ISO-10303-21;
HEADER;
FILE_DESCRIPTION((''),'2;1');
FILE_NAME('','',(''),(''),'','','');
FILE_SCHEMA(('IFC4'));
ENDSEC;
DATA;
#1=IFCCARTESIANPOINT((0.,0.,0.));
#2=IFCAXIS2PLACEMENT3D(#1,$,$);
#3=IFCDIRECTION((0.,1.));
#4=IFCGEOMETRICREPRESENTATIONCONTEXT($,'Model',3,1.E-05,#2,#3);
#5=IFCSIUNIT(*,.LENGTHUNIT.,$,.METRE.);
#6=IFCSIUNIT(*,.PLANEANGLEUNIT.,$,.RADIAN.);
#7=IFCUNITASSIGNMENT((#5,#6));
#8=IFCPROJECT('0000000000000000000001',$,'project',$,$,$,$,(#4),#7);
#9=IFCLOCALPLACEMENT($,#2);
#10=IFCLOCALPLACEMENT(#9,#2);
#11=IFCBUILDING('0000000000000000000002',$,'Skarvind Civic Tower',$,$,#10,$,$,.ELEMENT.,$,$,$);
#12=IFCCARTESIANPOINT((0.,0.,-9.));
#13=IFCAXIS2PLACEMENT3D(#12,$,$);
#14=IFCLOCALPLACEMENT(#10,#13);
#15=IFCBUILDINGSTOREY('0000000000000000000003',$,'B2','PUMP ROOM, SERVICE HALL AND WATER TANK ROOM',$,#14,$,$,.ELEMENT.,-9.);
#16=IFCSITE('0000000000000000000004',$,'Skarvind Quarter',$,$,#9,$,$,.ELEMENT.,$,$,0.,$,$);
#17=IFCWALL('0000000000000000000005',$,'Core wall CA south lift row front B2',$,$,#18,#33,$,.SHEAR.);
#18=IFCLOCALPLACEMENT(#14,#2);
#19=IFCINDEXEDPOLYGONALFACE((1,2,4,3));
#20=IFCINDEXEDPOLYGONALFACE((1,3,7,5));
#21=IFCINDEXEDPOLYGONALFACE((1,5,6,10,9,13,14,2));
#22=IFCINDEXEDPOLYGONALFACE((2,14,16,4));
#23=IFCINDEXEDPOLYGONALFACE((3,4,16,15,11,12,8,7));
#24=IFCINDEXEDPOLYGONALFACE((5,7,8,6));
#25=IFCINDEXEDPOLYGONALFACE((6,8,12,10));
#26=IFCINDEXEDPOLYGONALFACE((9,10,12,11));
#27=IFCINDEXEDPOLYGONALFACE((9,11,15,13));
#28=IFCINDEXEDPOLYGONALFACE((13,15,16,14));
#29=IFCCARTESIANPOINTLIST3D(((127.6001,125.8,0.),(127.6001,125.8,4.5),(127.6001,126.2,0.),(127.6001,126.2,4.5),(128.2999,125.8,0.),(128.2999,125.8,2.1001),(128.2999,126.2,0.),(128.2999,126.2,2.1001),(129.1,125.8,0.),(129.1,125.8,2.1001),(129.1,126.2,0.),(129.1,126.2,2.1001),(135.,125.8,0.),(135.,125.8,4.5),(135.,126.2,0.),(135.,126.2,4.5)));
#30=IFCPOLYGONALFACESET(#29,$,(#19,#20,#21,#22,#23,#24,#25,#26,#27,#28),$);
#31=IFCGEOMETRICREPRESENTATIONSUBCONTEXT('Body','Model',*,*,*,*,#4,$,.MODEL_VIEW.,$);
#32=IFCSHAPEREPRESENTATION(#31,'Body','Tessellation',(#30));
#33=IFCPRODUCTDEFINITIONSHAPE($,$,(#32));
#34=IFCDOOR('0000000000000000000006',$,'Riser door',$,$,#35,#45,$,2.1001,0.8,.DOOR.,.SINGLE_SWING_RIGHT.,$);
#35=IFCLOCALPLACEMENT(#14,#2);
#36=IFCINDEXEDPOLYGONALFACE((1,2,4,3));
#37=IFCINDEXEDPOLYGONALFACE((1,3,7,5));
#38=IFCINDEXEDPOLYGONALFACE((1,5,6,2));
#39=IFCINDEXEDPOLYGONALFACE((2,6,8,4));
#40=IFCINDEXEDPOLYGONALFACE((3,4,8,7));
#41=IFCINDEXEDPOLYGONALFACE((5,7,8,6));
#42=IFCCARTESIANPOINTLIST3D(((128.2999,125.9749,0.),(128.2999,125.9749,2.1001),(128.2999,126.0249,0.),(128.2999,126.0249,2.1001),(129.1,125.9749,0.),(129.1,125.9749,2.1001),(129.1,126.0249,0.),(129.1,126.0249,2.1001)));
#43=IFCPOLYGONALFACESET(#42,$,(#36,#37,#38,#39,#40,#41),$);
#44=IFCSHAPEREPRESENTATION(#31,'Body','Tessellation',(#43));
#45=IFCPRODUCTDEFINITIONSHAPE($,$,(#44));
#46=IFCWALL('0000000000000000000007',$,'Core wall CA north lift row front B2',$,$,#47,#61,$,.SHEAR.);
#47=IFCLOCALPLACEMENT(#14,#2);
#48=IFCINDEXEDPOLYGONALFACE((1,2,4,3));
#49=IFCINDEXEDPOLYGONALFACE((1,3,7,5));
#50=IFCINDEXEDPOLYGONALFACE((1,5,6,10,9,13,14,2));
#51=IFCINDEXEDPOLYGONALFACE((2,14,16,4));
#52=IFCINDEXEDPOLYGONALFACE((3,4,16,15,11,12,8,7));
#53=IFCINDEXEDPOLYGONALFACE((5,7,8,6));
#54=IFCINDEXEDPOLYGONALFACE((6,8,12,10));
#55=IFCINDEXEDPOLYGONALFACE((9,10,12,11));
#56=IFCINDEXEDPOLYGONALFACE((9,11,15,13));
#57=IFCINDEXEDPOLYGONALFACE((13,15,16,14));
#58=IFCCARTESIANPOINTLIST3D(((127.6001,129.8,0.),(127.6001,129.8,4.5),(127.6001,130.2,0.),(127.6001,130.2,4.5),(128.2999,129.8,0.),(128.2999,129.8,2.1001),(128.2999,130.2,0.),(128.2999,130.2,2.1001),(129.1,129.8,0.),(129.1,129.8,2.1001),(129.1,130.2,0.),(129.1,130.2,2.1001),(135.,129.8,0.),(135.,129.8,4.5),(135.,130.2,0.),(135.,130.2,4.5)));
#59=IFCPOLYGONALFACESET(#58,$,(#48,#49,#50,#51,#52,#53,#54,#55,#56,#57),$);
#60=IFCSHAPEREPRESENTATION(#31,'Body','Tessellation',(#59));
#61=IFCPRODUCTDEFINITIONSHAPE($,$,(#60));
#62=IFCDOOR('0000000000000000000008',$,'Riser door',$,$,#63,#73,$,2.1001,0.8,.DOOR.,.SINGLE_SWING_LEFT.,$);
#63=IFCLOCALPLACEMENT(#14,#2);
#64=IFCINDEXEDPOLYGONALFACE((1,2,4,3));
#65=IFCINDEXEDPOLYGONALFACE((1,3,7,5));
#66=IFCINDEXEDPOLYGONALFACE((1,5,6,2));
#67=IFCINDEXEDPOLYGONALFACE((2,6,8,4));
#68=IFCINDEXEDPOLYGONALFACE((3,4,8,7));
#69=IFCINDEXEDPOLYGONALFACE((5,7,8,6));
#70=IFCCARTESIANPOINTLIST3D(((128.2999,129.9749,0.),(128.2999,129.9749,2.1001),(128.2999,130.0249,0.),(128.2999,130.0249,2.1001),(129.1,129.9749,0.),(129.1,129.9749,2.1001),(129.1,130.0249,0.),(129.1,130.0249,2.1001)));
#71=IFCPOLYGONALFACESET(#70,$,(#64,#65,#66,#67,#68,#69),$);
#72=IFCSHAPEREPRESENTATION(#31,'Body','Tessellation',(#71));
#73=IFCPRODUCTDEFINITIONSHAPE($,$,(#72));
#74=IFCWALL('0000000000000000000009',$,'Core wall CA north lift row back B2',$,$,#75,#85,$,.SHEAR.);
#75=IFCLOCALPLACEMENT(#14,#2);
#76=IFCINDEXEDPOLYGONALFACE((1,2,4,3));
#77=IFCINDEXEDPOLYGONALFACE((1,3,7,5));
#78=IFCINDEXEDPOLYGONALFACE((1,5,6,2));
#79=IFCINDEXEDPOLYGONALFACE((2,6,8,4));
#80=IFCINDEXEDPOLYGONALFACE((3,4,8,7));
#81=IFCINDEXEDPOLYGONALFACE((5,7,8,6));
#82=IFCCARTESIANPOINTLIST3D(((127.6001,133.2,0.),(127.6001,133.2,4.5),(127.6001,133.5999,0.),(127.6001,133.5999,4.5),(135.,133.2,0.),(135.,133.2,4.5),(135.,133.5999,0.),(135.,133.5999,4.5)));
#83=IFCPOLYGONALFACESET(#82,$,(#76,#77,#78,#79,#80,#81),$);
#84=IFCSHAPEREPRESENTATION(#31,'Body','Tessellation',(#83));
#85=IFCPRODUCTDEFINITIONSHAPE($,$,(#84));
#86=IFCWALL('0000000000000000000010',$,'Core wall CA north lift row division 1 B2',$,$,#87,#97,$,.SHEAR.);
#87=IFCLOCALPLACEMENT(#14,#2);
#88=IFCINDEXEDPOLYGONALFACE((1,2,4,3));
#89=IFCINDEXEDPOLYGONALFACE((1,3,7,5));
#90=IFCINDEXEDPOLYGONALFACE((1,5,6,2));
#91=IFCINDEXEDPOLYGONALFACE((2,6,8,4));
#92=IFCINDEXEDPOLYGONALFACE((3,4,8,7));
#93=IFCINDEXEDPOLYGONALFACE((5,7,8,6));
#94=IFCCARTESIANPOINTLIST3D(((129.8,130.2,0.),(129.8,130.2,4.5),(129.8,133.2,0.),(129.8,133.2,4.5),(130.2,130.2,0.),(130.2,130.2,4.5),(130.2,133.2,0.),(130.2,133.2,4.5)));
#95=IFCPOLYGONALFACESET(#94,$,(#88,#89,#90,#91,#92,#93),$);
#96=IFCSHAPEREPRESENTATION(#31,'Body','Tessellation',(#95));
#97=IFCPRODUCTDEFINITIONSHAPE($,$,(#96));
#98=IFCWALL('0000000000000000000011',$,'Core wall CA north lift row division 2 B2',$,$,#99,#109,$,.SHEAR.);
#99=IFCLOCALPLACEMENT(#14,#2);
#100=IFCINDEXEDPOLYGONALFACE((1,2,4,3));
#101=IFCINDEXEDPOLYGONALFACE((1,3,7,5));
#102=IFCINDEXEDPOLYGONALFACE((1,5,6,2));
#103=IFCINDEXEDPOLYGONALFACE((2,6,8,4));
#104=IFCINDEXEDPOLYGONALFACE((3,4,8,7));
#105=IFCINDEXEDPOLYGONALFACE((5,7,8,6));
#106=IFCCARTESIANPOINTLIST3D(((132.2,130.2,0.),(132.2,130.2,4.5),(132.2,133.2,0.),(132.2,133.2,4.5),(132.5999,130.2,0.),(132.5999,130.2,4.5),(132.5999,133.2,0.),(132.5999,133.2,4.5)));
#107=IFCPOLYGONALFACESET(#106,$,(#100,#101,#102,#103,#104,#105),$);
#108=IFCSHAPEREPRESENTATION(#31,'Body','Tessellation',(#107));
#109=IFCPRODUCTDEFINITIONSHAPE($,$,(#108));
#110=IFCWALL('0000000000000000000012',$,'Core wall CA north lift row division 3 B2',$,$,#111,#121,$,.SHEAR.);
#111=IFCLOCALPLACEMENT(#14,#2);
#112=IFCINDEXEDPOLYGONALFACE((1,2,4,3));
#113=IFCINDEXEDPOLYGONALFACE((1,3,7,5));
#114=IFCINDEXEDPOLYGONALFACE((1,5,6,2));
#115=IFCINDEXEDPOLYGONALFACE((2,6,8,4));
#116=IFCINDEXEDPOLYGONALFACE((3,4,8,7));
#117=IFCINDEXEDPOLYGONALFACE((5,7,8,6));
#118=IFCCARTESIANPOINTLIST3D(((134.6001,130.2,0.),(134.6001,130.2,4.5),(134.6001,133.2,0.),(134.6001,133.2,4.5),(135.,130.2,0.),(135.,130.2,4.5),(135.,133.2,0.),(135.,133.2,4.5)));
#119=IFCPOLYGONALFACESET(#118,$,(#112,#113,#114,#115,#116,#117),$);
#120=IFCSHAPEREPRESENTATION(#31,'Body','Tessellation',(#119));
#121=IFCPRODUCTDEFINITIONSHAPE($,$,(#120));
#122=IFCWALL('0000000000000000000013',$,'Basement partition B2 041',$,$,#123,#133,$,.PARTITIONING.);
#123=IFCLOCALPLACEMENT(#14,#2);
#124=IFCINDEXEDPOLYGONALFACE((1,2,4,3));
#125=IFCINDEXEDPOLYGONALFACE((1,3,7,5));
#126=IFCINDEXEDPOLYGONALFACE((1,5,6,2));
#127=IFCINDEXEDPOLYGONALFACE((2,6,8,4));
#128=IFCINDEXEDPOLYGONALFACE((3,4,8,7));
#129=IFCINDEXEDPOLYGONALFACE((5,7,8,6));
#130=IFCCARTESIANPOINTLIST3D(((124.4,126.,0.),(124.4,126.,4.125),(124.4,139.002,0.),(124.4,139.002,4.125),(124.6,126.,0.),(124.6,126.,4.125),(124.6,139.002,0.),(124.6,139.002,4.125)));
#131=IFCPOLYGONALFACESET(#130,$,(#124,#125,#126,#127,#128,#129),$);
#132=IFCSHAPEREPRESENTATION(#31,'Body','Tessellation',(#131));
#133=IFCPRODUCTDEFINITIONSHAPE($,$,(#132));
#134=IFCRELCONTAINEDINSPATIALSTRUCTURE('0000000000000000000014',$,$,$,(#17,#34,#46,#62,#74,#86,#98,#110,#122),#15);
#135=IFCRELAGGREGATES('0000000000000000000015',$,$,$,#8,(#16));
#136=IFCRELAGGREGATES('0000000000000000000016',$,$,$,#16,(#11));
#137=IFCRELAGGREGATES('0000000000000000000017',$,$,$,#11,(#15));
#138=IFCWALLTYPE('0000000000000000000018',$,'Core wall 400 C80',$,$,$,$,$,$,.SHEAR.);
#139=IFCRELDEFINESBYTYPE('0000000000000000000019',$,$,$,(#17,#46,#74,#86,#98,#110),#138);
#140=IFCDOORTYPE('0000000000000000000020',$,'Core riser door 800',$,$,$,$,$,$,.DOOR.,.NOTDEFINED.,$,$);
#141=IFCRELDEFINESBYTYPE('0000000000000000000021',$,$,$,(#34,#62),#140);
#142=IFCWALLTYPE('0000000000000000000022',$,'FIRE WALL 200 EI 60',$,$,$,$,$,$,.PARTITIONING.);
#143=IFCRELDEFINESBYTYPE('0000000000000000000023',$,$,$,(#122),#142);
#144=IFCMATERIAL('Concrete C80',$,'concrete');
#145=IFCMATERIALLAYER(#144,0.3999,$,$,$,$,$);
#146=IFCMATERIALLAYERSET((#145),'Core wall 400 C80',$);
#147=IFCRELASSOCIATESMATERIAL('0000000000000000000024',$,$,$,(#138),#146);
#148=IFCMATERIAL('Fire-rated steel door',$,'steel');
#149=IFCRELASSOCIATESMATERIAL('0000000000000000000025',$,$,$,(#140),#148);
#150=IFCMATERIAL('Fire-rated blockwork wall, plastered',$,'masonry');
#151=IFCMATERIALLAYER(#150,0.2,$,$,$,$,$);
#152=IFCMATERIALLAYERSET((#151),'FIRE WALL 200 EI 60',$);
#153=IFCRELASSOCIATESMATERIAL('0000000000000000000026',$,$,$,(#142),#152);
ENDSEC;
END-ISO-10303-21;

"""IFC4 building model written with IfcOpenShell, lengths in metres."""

from ifc_helpers import new_model, si_unit, direction, frame, frame_2d, origin, place, context, subcontext, project, spatial, rectangle, extrude, material, layer, layer_set, type_object, element, fill, save


model = new_model("IFC4")

# Units and contexts
model_context = context("Model", 3, precision=1e-05, world=origin(), true_north=direction((0.0, 1.0)))
body_context = subcontext(model_context, "Body", "Model", "MODEL_VIEW")
ifc_project = project(units=[si_unit("LENGTHUNIT", "METRE"), si_unit("PLANEANGLEUNIT", "RADIAN")], contexts=[model_context])

# Site, building, storey
site_placement = place(None, origin())
site = spatial("IfcSite", under=ifc_project, at=site_placement, Name="Skarvind Quarter", CompositionType="ELEMENT", RefElevation=0.0)
building_placement = place(site_placement, origin())
building = spatial("IfcBuilding", under=site, at=building_placement, Name="Skarvind Civic Tower", CompositionType="ELEMENT")
storey_placement = place(building_placement, frame((0.0, 0.0, -9.0)))
storey = spatial("IfcBuildingStorey", under=building, at=storey_placement, Name="B2", Description="PUMP ROOM, SERVICE HALL AND WATER TANK ROOM", CompositionType="ELEMENT", Elevation=-9.0)

# Walls, openings, doors
ifc_material_1 = material(Name="Fire-rated steel door", Category="steel")
ifc_material_2 = material(Name="Concrete C80", Category="concrete")
ifc_layer_1 = layer(ifc_material_2, 0.3999)
ifc_layer_set_1 = layer_set([ifc_layer_1], Name="Core wall 400 C80")
wall_type_1 = type_object("IfcWallType", Name="Core wall 400 C80", PredefinedType="SHEAR", material=ifc_layer_set_1)
wall_1_placement = place(storey_placement, frame((127.6001, 126.0, 0.0), z_axis=(0.0, 0.0, 1.0), x_axis=(1.0, 0.0, 0.0)))
wall_1 = element("IfcWall", 1, at=wall_1_placement, inside=storey, type_object=wall_type_1, Name="Core wall CA south lift row front B2", PredefinedType="SHEAR", context=body_context, shape_type="SweptSolid", body=[
    extrude(rectangle(XDim=7.3999, YDim=0.3999, at=frame_2d((3.7, 0.0))), origin(), (0.0, 0.0, 1.0), 4.5),
])
opening_1_placement = place(wall_1_placement, frame((0.7, 0.0, 0.0)))
opening_1 = element("IfcOpeningElement", 2, at=opening_1_placement, cuts=wall_1, PredefinedType="OPENING", context=body_context, shape_type="SweptSolid", body=[
    extrude(rectangle(XDim=0.8, YDim=2.1001, at=frame_2d((0.3999, 1.05))), frame((0.0, 0.21, 0.0), z_axis=(0.0, -1.0, 0.0), x_axis=(1.0, 0.0, 0.0)), (0.0, 0.0, 1.0), 0.4199),
])
door_type_1 = type_object("IfcDoorType", Name="Core riser door 800", OperationType="NOTDEFINED", PredefinedType="DOOR", material=ifc_material_1)
door_1_placement = place(opening_1_placement, origin())
door_1 = element("IfcDoor", 3, at=door_1_placement, inside=storey, type_object=door_type_1, Name="Riser door", OperationType="SINGLE_SWING_RIGHT", OverallHeight=2.1001, OverallWidth=0.8, PredefinedType="DOOR", context=body_context, shape_type="SweptSolid", body=[
    extrude(rectangle(XDim=0.8, YDim=2.1001, at=frame_2d((0.3999, 1.05))), frame((0.0, 0.0249, 0.0), z_axis=(0.0, -1.0, 0.0), x_axis=(1.0, 0.0, 0.0)), (0.0, 0.0, 1.0), 0.05),
])
fill(opening_1, door_1)
wall_2_placement = place(storey_placement, frame((127.6001, 130.0, 0.0), z_axis=(0.0, 0.0, 1.0), x_axis=(1.0, 0.0, 0.0)))
wall_2 = element("IfcWall", 4, at=wall_2_placement, inside=storey, type_object=wall_type_1, Name="Core wall CA north lift row front B2", PredefinedType="SHEAR", context=body_context, shape_type="SweptSolid", body=[
    extrude(rectangle(XDim=7.3999, YDim=0.3999, at=frame_2d((3.7, 0.0))), origin(), (0.0, 0.0, 1.0), 4.5),
])
opening_2_placement = place(wall_2_placement, frame((0.7, 0.0, 0.0)))
opening_2 = element("IfcOpeningElement", 5, at=opening_2_placement, cuts=wall_2, PredefinedType="OPENING", context=body_context, shape_type="SweptSolid", body=[
    extrude(rectangle(XDim=0.8, YDim=2.1001, at=frame_2d((0.3999, 1.05))), frame((0.0, 0.21, 0.0), z_axis=(0.0, -1.0, 0.0), x_axis=(1.0, 0.0, 0.0)), (0.0, 0.0, 1.0), 0.4199),
])
door_2_placement = place(opening_2_placement, origin())
door_2 = element("IfcDoor", 6, at=door_2_placement, inside=storey, type_object=door_type_1, Name="Riser door", OperationType="SINGLE_SWING_LEFT", OverallHeight=2.1001, OverallWidth=0.8, PredefinedType="DOOR", context=body_context, shape_type="SweptSolid", body=[
    extrude(rectangle(XDim=0.8, YDim=2.1001, at=frame_2d((0.3999, 1.05))), frame((0.0, 0.0249, 0.0), z_axis=(0.0, -1.0, 0.0), x_axis=(1.0, 0.0, 0.0)), (0.0, 0.0, 1.0), 0.05),
])
fill(opening_2, door_2)

# Walls
wall_3_placement = place(storey_placement, frame((127.6001, 133.3999, 0.0), z_axis=(0.0, 0.0, 1.0), x_axis=(1.0, 0.0, 0.0)))
element("IfcWall", 7, at=wall_3_placement, inside=storey, type_object=wall_type_1, Name="Core wall CA north lift row back B2", PredefinedType="SHEAR", context=body_context, shape_type="SweptSolid", body=[
    extrude(rectangle(XDim=7.3999, YDim=0.3999, at=frame_2d((3.7, 0.0))), origin(), (0.0, 0.0, 1.0), 4.5),
])
for number, where, z_axis, x_axis, name in (
    (8, (130.0, 130.2, 0.0), (0.0, 0.0, 1.0), (0.0, 1.0, 0.0), "Core wall CA north lift row division 1 B2"),
    (9, (132.3999, 130.2, 0.0), (0.0, 0.0, 1.0), (0.0, 1.0, 0.0), "Core wall CA north lift row division 2 B2"),
    (10, (134.8, 130.2, 0.0), (0.0, 0.0, 1.0), (0.0, 1.0, 0.0), "Core wall CA north lift row division 3 B2"),
):
    element("IfcWall", number, at=place(storey_placement, frame(where, z_axis=z_axis, x_axis=x_axis)), inside=storey, type_object=wall_type_1, Name=name, PredefinedType="SHEAR", context=body_context, shape_type="SweptSolid", body=[
        extrude(rectangle(XDim=3.0, YDim=0.3999, at=frame_2d((1.5, 0.0))), origin(), (0.0, 0.0, 1.0), 4.5),
    ])
ifc_material_3 = material(Name="Fire-rated blockwork wall, plastered", Category="masonry")
ifc_layer_2 = layer(ifc_material_3, 0.2)
ifc_layer_set_2 = layer_set([ifc_layer_2], Name="FIRE WALL 200 EI 60")
wall_type_2 = type_object("IfcWallType", Name="FIRE WALL 200 EI 60", PredefinedType="PARTITIONING", material=ifc_layer_set_2)
wall_4_placement = place(storey_placement, frame((124.5, 126.0, 0.0), z_axis=(0.0, 0.0, 1.0), x_axis=(0.0, 1.0, 0.0)))
element("IfcWall", 11, at=wall_4_placement, inside=storey, type_object=wall_type_2, Name="Basement partition B2 041", PredefinedType="PARTITIONING", context=body_context, shape_type="SweptSolid", body=[
    extrude(rectangle(XDim=13.002, YDim=0.2, at=frame_2d((6.501, 0.0))), origin(), (0.0, 0.0, 1.0), 4.125),
])

save(model, "model.ifc")
